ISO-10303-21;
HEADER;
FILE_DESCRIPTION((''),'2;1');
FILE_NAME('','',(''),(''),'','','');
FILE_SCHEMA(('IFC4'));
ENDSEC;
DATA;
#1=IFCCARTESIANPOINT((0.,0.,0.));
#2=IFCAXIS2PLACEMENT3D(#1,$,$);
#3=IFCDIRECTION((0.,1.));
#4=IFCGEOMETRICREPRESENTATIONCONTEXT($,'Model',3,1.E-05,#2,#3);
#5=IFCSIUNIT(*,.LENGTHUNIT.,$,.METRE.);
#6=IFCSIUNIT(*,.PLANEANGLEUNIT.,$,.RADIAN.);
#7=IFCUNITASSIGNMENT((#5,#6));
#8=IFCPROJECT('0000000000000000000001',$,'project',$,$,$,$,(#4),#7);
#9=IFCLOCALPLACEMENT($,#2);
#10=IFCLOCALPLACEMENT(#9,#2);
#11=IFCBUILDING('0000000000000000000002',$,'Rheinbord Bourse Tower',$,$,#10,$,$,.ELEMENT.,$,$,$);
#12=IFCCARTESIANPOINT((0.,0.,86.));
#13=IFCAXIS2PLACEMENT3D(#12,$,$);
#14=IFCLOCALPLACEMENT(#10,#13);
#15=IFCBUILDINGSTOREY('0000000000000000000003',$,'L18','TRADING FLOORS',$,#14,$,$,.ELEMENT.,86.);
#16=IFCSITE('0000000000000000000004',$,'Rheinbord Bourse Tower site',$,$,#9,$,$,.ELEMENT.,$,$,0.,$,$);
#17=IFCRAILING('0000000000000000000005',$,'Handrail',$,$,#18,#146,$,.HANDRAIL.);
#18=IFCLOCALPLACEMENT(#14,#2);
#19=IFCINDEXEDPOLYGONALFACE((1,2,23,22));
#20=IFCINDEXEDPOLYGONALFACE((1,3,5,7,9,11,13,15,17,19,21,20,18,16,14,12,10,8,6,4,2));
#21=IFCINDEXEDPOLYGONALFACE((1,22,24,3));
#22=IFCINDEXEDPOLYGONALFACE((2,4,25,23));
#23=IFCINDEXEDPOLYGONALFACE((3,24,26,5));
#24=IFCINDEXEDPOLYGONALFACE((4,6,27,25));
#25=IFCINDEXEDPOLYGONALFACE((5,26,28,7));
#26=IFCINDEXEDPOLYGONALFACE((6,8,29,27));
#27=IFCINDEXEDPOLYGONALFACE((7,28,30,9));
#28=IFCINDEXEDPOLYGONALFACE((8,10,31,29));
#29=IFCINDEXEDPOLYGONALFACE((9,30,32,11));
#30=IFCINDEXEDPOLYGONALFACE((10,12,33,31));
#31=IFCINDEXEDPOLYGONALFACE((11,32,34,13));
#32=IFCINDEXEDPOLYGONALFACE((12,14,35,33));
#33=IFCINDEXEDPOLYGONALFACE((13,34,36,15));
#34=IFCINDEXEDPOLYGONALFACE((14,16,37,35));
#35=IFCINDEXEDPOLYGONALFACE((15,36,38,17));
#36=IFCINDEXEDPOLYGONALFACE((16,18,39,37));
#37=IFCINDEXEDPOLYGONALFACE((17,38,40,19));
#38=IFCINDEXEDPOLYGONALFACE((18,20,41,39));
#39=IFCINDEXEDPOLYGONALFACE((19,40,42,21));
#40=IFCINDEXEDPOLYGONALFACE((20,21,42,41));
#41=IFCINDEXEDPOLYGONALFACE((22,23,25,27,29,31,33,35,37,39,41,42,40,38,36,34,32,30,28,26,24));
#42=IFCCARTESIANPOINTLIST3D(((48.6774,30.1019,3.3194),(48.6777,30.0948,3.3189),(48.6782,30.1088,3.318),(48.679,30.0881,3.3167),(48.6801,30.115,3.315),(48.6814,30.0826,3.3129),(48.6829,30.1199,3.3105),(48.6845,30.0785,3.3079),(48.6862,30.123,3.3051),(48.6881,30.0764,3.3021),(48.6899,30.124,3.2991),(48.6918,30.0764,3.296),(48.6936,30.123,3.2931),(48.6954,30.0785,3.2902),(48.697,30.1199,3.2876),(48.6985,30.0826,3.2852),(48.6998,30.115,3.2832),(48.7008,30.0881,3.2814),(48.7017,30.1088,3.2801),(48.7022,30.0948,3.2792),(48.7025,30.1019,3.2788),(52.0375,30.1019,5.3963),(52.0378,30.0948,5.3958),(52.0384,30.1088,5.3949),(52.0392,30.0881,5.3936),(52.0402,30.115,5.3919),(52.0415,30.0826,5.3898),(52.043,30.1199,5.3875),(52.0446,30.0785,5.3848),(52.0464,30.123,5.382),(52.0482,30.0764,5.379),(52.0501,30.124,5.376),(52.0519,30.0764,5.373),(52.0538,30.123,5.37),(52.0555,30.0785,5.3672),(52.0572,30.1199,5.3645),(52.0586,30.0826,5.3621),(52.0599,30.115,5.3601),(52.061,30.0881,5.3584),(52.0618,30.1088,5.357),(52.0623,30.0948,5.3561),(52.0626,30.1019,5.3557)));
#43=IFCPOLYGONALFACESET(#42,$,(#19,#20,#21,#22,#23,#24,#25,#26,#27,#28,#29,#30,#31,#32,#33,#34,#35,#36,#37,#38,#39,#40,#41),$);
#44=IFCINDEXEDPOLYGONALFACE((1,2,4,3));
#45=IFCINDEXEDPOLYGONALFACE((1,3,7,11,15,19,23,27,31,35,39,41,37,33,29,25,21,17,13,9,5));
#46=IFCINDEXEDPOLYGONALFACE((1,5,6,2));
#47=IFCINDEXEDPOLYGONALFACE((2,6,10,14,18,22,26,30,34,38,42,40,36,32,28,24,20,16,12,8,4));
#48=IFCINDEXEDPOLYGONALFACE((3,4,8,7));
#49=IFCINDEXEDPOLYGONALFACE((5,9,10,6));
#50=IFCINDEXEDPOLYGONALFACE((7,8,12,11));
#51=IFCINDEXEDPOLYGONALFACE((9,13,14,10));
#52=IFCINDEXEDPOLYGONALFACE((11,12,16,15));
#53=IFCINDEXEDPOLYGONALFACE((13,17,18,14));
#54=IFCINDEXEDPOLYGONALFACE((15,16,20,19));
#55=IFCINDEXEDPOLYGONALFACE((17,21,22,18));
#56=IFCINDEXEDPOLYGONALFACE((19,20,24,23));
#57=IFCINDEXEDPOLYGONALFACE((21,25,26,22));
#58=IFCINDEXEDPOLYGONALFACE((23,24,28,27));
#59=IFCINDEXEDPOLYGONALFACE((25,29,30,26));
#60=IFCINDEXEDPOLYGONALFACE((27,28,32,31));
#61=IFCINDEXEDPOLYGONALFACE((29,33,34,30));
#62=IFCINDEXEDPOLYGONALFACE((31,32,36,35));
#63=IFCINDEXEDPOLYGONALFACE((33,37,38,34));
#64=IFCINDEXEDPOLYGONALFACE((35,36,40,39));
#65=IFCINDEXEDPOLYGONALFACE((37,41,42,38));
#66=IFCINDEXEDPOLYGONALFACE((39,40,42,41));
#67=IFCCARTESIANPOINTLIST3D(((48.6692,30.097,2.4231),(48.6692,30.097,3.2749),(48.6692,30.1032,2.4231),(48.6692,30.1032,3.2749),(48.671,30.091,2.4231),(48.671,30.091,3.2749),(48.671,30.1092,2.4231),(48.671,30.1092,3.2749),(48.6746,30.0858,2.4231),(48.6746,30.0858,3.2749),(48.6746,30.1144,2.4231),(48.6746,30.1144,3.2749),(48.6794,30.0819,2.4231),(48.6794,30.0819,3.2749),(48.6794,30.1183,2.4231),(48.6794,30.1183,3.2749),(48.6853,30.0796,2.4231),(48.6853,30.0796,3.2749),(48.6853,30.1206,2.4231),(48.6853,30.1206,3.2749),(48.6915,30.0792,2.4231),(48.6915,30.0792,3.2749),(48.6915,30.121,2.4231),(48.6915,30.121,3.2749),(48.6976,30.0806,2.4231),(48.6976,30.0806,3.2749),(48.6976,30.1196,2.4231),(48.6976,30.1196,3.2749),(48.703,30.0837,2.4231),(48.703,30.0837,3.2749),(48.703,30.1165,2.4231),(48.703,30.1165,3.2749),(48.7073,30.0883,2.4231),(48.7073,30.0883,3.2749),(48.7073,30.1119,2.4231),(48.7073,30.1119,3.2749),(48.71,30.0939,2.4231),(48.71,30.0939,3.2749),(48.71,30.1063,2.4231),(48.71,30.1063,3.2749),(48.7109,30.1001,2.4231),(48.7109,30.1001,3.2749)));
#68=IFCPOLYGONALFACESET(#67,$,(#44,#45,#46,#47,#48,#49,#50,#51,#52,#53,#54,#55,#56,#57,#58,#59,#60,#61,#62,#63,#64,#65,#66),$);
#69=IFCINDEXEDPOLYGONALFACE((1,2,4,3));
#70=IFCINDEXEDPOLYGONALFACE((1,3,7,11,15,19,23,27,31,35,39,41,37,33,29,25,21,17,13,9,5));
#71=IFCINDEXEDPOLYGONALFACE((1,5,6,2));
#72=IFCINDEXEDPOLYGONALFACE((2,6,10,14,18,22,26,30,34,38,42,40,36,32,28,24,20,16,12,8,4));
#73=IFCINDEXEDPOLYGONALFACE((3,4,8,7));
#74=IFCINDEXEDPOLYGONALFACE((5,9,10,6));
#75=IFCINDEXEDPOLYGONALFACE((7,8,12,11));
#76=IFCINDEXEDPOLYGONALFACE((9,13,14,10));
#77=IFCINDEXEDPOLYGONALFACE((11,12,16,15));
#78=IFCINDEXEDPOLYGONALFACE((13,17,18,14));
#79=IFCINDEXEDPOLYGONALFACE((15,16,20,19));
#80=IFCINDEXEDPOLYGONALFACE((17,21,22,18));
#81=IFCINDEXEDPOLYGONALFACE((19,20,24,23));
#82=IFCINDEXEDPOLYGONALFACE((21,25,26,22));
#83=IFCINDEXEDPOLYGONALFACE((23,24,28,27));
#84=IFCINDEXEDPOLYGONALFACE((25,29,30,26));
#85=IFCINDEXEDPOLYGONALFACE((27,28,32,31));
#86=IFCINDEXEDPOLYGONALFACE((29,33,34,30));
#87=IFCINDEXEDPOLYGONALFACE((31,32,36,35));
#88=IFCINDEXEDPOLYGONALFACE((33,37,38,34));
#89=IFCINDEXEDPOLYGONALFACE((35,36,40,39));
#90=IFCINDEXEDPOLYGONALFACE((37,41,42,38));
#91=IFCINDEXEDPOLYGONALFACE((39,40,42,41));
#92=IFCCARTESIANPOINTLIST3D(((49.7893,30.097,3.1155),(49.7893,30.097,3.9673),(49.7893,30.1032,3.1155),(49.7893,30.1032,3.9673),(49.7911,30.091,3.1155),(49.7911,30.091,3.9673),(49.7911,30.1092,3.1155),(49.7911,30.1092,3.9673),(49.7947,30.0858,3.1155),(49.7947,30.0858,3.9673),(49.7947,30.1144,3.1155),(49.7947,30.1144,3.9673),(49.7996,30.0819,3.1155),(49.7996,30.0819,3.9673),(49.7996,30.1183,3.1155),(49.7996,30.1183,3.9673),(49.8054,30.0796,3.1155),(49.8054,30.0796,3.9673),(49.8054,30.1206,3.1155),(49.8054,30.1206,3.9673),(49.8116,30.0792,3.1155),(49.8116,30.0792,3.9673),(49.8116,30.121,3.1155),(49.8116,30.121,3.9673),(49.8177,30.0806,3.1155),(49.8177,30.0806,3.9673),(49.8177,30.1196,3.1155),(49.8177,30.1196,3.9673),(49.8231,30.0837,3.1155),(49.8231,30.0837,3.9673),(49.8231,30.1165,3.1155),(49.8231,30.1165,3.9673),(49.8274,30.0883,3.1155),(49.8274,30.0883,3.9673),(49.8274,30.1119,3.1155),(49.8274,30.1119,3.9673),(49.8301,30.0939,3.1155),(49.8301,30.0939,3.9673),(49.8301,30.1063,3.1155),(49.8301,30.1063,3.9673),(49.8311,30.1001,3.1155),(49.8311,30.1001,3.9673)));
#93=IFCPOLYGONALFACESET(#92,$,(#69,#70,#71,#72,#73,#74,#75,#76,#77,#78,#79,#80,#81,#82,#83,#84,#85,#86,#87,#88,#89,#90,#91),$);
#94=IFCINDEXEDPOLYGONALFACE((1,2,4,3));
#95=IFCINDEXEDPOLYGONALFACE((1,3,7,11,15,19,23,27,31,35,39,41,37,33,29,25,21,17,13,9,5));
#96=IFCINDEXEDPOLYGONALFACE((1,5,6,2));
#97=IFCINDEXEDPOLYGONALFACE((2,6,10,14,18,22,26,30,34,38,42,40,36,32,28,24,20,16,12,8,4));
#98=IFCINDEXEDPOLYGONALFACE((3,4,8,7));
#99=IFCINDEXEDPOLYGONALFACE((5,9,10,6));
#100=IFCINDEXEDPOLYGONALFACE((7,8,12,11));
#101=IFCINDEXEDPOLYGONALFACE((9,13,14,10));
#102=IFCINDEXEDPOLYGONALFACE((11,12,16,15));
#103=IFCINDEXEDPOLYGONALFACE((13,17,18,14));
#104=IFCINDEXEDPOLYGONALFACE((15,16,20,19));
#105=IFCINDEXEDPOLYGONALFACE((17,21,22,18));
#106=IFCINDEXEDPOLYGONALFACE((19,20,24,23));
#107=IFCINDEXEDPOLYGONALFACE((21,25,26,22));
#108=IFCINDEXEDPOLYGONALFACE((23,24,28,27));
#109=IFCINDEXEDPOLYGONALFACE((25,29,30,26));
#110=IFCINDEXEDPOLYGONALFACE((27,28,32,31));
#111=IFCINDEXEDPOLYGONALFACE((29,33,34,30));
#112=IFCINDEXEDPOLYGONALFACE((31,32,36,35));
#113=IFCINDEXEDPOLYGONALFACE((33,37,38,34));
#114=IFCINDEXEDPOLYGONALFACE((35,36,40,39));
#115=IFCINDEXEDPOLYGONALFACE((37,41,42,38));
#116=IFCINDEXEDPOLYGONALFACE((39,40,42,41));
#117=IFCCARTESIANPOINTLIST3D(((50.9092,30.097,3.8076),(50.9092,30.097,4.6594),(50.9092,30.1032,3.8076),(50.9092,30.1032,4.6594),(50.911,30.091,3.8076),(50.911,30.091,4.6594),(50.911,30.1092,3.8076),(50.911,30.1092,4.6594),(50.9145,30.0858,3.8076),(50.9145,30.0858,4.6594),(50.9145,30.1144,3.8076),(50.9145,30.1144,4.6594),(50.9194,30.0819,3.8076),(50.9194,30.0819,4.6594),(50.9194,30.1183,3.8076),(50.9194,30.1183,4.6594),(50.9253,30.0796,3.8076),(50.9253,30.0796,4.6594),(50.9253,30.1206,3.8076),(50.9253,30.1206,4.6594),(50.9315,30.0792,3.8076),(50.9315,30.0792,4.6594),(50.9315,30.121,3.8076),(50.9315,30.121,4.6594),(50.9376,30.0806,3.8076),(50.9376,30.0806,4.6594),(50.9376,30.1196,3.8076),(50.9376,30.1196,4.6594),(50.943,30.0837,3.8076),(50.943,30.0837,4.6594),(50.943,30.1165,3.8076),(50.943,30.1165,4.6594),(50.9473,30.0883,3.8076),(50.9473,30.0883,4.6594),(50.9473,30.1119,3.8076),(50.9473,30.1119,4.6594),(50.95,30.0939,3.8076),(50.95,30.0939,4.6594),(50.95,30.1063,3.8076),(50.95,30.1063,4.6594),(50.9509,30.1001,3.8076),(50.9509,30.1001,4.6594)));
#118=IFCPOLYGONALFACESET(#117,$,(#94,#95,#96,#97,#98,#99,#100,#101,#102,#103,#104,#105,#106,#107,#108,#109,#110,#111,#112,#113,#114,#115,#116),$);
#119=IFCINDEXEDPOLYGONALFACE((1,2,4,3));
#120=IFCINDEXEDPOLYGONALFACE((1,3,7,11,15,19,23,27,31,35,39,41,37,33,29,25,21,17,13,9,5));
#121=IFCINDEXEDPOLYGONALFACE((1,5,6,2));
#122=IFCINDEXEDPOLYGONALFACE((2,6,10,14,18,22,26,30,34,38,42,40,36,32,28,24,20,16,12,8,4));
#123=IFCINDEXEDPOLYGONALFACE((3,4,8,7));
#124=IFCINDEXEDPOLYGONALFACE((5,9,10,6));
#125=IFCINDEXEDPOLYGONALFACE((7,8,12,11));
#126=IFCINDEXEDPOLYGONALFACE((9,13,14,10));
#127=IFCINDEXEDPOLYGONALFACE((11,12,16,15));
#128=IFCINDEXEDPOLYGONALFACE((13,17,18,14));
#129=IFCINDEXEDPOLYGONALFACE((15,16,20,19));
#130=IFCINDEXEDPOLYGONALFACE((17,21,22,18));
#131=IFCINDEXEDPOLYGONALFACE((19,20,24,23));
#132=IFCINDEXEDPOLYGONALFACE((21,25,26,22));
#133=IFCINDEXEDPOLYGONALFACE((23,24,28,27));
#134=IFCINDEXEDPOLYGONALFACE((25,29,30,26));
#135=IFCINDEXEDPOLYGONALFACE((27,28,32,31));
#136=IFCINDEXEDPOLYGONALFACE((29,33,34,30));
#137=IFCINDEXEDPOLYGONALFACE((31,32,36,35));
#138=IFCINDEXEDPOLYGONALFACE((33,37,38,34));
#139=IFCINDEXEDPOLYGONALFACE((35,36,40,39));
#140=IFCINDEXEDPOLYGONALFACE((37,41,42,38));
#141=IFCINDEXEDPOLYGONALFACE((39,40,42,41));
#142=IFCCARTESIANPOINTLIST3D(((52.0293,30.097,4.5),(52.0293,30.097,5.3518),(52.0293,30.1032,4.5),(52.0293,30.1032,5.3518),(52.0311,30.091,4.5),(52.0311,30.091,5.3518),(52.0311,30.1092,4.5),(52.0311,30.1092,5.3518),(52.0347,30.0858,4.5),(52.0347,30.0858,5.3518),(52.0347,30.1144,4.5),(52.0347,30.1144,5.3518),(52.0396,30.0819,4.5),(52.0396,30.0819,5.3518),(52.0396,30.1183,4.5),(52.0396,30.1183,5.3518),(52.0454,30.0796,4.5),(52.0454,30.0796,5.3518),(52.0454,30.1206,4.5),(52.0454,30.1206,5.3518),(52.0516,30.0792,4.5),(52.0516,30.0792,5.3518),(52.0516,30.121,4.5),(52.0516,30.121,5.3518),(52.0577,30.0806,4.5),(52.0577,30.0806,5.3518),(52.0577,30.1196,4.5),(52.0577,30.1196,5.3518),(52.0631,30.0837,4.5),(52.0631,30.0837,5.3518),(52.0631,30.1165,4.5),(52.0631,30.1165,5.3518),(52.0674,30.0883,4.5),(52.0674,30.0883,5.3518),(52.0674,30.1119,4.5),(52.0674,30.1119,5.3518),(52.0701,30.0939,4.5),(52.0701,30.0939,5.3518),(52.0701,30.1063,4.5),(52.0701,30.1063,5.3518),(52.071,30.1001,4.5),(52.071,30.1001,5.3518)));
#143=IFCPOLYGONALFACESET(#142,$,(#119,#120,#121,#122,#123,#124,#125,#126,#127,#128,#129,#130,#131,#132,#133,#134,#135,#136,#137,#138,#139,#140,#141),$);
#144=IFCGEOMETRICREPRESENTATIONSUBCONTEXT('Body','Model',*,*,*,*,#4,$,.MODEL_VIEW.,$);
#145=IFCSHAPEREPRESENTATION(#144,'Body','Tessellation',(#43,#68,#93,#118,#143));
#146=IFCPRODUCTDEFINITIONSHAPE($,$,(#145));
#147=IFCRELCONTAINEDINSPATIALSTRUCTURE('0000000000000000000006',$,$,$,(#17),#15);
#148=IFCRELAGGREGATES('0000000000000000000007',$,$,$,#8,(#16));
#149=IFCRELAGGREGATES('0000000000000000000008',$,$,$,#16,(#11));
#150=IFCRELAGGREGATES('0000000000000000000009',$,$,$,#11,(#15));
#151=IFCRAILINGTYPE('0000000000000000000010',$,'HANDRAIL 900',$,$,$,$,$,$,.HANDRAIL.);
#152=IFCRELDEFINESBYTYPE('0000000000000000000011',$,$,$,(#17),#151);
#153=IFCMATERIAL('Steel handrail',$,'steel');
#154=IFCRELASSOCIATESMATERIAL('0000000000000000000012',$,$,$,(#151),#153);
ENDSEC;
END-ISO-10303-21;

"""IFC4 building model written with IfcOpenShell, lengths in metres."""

from ifc_helpers import new_model, si_unit, direction, frame, origin, origin_2d, place, context, subcontext, project, spatial, circle, extrude, material, type_object, element, save


model = new_model("IFC4")

# Units and contexts
model_context = context("Model", 3, precision=1e-05, world=origin(), true_north=direction((0.0, 1.0)))
body_context = subcontext(model_context, "Body", "Model", "MODEL_VIEW")
ifc_project = project(units=[si_unit("LENGTHUNIT", "METRE"), si_unit("PLANEANGLEUNIT", "RADIAN")], contexts=[model_context])

# Site, building, storey
site_placement = place(None, origin())
site = spatial("IfcSite", under=ifc_project, at=site_placement, Name="Rheinbord Bourse Tower site", CompositionType="ELEMENT", RefElevation=0.0)
building_placement = place(site_placement, origin())
building = spatial("IfcBuilding", under=site, at=building_placement, Name="Rheinbord Bourse Tower", CompositionType="ELEMENT")
storey_placement = place(building_placement, frame((0.0, 0.0, 86.0)))
storey = spatial("IfcBuildingStorey", under=building, at=storey_placement, Name="L18", Description="TRADING FLOORS", CompositionType="ELEMENT", Elevation=86.0)

# Railing
ifc_material_1 = material(Name="Steel handrail", Category="steel")
railing_type = type_object("IfcRailingType", Name="HANDRAIL 900", PredefinedType="HANDRAIL", material=ifc_material_1)
railing_1_placement = place(storey_placement, frame((48.6899, 30.1001, 2.4231)))
element("IfcRailing", 1, at=railing_1_placement, inside=storey, type_object=railing_type, Name="Handrail", PredefinedType="HANDRAIL", context=body_context, shape_type="SweptSolid", body=[
    extrude(circle(Radius=0.0239, at=origin_2d()), frame((0.0, 0.0, 0.876), z_axis=(0.850623, 0.0, 0.525776), x_axis=(0.0, 1.0, 0.0)), (0.0, 0.0, 1.0), 3.9502),
    extrude(circle(Radius=0.021, at=origin_2d()), origin(), (0.0, 0.0, 1.0), 0.8518),
    extrude(circle(Radius=0.021, at=origin_2d()), frame((1.1201, 0.0, 0.6924)), (0.0, 0.0, 1.0), 0.8518),
    extrude(circle(Radius=0.021, at=origin_2d()), frame((2.24, 0.0, 1.3845)), (0.0, 0.0, 1.0), 0.8518),
    extrude(circle(Radius=0.021, at=origin_2d()), frame((3.3601, 0.0, 2.0769)), (0.0, 0.0, 1.0), 0.8518),
])

save(model, "model.ifc")
